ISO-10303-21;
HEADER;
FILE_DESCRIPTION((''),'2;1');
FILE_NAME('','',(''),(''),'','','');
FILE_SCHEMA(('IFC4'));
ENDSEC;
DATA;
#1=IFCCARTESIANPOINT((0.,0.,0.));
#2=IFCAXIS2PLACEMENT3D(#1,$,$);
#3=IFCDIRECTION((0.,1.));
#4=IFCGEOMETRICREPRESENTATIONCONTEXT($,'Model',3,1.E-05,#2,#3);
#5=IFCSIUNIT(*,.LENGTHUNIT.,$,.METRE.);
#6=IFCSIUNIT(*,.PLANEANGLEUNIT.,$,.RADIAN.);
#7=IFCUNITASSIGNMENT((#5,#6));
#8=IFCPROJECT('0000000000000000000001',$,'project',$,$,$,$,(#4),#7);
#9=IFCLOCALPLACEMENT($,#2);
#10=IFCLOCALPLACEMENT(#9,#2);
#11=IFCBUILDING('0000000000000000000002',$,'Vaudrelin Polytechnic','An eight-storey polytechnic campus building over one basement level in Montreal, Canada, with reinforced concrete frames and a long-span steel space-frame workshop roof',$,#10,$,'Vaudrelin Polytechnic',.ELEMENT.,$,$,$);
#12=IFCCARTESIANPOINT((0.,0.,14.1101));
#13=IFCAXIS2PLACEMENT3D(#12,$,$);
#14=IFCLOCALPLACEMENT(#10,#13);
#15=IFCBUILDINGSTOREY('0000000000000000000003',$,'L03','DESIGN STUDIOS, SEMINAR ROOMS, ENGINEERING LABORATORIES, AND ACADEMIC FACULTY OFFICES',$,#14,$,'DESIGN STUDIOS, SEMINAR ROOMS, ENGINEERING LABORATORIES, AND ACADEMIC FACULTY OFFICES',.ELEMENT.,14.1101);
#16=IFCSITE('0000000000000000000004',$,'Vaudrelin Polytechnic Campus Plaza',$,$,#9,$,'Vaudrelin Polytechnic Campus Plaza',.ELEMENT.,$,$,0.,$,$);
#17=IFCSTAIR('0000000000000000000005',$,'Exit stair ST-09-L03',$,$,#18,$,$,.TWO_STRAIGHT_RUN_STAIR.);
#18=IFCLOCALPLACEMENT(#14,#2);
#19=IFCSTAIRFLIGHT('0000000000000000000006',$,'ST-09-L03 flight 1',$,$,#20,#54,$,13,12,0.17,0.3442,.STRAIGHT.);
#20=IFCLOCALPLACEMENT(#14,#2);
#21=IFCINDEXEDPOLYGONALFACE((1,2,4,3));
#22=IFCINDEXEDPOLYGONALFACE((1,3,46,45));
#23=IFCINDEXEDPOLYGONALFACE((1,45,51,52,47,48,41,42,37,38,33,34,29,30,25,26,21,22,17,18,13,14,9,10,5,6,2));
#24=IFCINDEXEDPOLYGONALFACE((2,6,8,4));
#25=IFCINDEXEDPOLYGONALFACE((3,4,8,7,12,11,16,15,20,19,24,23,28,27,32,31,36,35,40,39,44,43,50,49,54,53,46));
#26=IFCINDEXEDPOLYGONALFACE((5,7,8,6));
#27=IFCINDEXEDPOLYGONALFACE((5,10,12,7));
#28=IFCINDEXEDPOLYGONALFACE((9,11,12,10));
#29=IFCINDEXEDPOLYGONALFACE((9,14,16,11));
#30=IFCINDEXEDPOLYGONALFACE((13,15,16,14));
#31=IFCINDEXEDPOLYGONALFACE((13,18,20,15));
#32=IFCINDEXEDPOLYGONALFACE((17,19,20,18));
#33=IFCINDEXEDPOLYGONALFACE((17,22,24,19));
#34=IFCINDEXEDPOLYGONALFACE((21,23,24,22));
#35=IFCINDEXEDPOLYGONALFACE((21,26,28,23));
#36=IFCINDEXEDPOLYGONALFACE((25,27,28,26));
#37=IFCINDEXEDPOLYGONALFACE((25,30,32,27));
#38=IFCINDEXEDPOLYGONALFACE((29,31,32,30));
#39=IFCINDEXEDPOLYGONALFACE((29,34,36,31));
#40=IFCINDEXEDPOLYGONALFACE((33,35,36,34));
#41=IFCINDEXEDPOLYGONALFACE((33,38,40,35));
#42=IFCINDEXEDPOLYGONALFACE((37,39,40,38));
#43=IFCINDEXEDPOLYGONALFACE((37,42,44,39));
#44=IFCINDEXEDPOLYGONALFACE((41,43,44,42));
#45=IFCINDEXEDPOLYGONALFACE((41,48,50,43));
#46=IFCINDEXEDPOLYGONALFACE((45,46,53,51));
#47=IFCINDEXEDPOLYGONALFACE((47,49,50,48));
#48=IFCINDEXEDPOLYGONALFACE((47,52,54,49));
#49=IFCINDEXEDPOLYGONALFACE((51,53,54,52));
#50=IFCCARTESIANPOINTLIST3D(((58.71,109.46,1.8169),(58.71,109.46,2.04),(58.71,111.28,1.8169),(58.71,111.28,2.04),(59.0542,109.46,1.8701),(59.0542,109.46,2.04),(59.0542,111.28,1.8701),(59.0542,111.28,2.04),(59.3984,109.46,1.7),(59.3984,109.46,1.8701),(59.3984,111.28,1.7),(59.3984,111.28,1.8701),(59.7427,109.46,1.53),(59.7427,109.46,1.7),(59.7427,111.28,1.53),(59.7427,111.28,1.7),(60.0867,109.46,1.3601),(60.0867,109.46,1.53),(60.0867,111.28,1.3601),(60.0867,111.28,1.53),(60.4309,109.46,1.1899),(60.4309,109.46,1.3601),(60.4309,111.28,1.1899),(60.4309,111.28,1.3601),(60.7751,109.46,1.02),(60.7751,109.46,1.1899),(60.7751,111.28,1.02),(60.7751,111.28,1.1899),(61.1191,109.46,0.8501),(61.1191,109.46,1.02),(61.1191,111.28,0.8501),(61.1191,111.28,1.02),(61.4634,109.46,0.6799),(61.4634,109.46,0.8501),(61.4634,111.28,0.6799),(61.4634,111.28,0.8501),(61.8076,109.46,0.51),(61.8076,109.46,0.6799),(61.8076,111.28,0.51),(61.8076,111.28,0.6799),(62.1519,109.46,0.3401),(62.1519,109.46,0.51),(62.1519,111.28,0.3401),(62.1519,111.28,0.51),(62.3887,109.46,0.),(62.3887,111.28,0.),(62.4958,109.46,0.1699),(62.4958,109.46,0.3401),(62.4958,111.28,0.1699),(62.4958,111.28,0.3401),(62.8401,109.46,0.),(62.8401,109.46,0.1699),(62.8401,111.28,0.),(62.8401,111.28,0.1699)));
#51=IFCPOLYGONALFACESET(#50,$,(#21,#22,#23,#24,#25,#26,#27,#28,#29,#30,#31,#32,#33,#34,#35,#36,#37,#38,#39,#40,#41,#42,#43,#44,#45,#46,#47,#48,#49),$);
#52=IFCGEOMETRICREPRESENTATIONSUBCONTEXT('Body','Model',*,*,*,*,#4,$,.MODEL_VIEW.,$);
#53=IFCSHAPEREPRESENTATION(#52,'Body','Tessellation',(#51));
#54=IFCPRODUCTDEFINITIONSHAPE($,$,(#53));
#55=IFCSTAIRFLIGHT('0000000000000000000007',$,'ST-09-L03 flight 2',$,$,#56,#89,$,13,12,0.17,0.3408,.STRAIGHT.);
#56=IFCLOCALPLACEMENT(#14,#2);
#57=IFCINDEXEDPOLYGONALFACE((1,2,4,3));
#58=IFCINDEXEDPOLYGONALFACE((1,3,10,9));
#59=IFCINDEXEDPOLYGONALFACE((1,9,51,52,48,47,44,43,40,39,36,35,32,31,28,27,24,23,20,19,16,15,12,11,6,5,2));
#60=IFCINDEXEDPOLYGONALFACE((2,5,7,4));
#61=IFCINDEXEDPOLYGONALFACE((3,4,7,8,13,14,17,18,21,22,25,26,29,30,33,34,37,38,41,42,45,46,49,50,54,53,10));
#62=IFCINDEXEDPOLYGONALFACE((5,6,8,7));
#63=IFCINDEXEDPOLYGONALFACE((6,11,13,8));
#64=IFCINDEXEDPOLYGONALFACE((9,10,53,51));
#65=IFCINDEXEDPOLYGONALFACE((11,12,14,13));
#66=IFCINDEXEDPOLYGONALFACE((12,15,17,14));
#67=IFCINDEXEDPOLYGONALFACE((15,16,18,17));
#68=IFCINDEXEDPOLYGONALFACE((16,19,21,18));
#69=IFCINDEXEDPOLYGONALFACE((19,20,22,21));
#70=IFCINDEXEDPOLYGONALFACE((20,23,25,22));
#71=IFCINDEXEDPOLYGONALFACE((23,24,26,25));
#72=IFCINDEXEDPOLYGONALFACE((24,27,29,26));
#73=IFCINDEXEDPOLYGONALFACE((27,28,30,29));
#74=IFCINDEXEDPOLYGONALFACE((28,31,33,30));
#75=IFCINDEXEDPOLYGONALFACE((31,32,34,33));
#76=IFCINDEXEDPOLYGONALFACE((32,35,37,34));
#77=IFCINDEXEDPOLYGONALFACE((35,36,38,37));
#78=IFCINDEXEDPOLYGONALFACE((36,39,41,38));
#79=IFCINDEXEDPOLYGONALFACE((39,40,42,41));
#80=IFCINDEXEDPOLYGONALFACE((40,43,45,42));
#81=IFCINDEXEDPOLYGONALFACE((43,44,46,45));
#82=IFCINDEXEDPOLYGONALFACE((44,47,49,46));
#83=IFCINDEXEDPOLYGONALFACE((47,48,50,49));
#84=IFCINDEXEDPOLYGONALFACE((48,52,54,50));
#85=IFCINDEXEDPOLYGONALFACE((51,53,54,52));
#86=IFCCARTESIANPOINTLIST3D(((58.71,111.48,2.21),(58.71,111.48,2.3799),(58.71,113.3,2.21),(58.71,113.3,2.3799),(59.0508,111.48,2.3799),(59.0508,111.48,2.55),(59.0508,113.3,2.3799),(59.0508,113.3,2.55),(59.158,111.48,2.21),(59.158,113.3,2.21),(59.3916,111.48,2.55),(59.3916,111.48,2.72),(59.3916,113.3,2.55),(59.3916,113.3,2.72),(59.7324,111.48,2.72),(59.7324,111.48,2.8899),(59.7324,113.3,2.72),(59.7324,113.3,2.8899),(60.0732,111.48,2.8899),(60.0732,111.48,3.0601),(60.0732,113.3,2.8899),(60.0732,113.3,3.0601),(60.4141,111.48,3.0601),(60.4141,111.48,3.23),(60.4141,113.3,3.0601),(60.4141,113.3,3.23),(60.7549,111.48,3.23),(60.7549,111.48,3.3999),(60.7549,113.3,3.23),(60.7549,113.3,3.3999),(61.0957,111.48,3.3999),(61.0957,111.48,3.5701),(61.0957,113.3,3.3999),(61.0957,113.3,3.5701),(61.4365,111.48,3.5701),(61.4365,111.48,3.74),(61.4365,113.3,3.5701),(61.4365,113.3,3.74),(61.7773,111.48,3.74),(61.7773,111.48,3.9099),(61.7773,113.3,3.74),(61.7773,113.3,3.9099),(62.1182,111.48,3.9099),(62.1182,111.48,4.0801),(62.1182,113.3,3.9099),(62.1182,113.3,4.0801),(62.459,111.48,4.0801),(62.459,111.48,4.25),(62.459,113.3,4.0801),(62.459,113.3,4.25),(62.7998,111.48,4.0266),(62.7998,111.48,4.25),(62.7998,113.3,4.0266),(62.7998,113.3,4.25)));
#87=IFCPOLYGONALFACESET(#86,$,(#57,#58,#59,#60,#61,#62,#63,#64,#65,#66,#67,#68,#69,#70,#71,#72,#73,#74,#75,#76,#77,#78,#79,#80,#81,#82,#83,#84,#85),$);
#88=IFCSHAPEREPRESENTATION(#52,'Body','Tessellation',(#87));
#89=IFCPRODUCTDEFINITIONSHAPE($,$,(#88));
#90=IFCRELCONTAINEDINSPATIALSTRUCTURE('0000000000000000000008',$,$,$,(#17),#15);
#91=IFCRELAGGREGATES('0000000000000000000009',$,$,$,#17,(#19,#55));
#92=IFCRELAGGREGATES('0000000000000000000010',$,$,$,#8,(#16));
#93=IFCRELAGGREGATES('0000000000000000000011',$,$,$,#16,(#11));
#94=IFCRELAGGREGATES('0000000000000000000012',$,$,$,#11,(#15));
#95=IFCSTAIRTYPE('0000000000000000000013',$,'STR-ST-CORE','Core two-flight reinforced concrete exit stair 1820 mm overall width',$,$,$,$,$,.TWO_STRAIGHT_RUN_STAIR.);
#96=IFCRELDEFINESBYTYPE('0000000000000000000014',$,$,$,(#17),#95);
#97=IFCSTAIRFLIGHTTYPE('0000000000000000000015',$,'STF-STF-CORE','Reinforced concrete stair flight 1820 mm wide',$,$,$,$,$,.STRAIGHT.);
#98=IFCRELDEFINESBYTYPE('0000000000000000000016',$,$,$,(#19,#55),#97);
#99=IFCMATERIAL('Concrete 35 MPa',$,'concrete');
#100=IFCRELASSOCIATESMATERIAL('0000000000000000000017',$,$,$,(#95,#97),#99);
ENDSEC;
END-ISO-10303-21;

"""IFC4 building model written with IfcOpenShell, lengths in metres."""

from ifc_helpers import new_model, si_unit, direction, frame, origin, place, context, subcontext, project, spatial, polyline, outline, extrude, material, type_object, element, aggregate, save


model = new_model("IFC4")

# Units and contexts
model_context = context("Model", 3, precision=1e-05, world=origin(), true_north=direction((0.0, 1.0)))
body_context = subcontext(model_context, "Body", "Model", "MODEL_VIEW")
ifc_project = project(units=[si_unit("LENGTHUNIT", "METRE"), si_unit("PLANEANGLEUNIT", "RADIAN")], contexts=[model_context])

# Site, building, storey
site_placement = place(None, origin())
site = spatial("IfcSite", under=ifc_project, at=site_placement, Name="Vaudrelin Polytechnic Campus Plaza", LongName="Vaudrelin Polytechnic Campus Plaza", CompositionType="ELEMENT", RefElevation=0.0)
building_placement = place(site_placement, origin())
building = spatial("IfcBuilding", under=site, at=building_placement, Name="Vaudrelin Polytechnic", Description="An eight-storey polytechnic campus building over one basement level in Montreal, Canada, with reinforced concrete frames and a long-span steel space-frame workshop roof", LongName="Vaudrelin Polytechnic", CompositionType="ELEMENT")
storey_placement = place(building_placement, frame((0.0, 0.0, 14.1101)))
storey = spatial("IfcBuildingStorey", under=building, at=storey_placement, Name="L03", Description="DESIGN STUDIOS, SEMINAR ROOMS, ENGINEERING LABORATORIES, AND ACADEMIC FACULTY OFFICES", LongName="DESIGN STUDIOS, SEMINAR ROOMS, ENGINEERING LABORATORIES, AND ACADEMIC FACULTY OFFICES", CompositionType="ELEMENT", Elevation=14.1101)

# Stair, stair flights
ifc_material_1 = material(Name="Concrete 35 MPa", Category="concrete")
stair_type = type_object("IfcStairType", Name="STR-ST-CORE", Description="Core two-flight reinforced concrete exit stair 1820 mm overall width", PredefinedType="TWO_STRAIGHT_RUN_STAIR", material=ifc_material_1)
stair_placement = place(storey_placement, origin())
stair = element("IfcStair", 1, at=stair_placement, inside=storey, type_object=stair_type, Name="Exit stair ST-09-L03", PredefinedType="TWO_STRAIGHT_RUN_STAIR")
stair_flight_type = type_object("IfcStairFlightType", Name="STF-STF-CORE", Description="Reinforced concrete stair flight 1820 mm wide", PredefinedType="STRAIGHT", material=ifc_material_1)
stair_flight_1_placement = place(storey_placement, frame((62.8401, 110.3701, 0.0), z_axis=(0.0, 0.0, 1.0), x_axis=(-1.0, 0.0, 0.0)))
stair_flight_1 = element("IfcStairFlight", 2, at=stair_flight_1_placement, type_object=stair_flight_type, Name="ST-09-L03 flight 1", NumberOfRisers=13, NumberOfTreads=12, PredefinedType="STRAIGHT", RiserHeight=0.17, TreadLength=0.3442, context=body_context, shape_type="SweptSolid", body=[
    extrude(outline(polyline([(0.0, 0.0), (0.0, 0.1699), (0.3442, 0.1699), (0.3442, 0.3401), (0.6882, 0.3401), (0.6882, 0.51), (1.0325, 0.51), (1.0325, 0.6799), (1.3767, 0.6799), (1.3767, 0.8501), (1.7209, 0.8501), (1.7209, 1.02), (2.0649, 1.02), (2.0649, 1.1899), (2.4092, 1.1899), (2.4092, 1.3601), (2.7534, 1.3601), (2.7534, 1.53), (3.0974, 1.53), (3.0974, 1.7), (3.4417, 1.7), (3.4417, 1.8701), (3.7859, 1.8701), (3.7859, 2.04), (4.1301, 2.04), (4.1301, 2.21), (4.1301, 1.8169), (0.4514, 0.0), (0.0, 0.0)])), frame((0.0, 0.9102, 0.0), z_axis=(0.0, -1.0, 0.0), x_axis=(1.0, 0.0, 0.0)), (0.0, 0.0, 1.0), 1.8201),
])
stair_flight_2_placement = place(storey_placement, frame((58.71, 112.3899, 2.21), z_axis=(0.0, 0.0, 1.0), x_axis=(1.0, 0.0, 0.0)))
stair_flight_2 = element("IfcStairFlight", 3, at=stair_flight_2_placement, type_object=stair_flight_type, Name="ST-09-L03 flight 2", NumberOfRisers=13, NumberOfTreads=12, PredefinedType="STRAIGHT", RiserHeight=0.17, TreadLength=0.3408, context=body_context, shape_type="SweptSolid", body=[
    extrude(outline(polyline([(0.0, 0.0), (0.0, 0.1699), (0.3408, 0.1699), (0.3408, 0.3401), (0.6816, 0.3401), (0.6816, 0.51), (1.0225, 0.51), (1.0225, 0.6799), (1.3633, 0.6799), (1.3633, 0.8501), (1.7041, 0.8501), (1.7041, 1.02), (2.0449, 1.02), (2.0449, 1.1899), (2.3857, 1.1899), (2.3857, 1.3601), (2.7266, 1.3601), (2.7266, 1.53), (3.0674, 1.53), (3.0674, 1.7), (3.4082, 1.7), (3.4082, 1.8701), (3.749, 1.8701), (3.749, 2.04), (4.0898, 2.04), (4.0898, 2.21), (4.0898, 1.8167), (0.448, 0.0), (0.0, 0.0)])), frame((0.0, 0.9102, 0.0), z_axis=(0.0, -1.0, 0.0), x_axis=(1.0, 0.0, 0.0)), (0.0, 0.0, 1.0), 1.8201),
])
aggregate(stair, [stair_flight_1, stair_flight_2])

save(model, "model.ifc")
